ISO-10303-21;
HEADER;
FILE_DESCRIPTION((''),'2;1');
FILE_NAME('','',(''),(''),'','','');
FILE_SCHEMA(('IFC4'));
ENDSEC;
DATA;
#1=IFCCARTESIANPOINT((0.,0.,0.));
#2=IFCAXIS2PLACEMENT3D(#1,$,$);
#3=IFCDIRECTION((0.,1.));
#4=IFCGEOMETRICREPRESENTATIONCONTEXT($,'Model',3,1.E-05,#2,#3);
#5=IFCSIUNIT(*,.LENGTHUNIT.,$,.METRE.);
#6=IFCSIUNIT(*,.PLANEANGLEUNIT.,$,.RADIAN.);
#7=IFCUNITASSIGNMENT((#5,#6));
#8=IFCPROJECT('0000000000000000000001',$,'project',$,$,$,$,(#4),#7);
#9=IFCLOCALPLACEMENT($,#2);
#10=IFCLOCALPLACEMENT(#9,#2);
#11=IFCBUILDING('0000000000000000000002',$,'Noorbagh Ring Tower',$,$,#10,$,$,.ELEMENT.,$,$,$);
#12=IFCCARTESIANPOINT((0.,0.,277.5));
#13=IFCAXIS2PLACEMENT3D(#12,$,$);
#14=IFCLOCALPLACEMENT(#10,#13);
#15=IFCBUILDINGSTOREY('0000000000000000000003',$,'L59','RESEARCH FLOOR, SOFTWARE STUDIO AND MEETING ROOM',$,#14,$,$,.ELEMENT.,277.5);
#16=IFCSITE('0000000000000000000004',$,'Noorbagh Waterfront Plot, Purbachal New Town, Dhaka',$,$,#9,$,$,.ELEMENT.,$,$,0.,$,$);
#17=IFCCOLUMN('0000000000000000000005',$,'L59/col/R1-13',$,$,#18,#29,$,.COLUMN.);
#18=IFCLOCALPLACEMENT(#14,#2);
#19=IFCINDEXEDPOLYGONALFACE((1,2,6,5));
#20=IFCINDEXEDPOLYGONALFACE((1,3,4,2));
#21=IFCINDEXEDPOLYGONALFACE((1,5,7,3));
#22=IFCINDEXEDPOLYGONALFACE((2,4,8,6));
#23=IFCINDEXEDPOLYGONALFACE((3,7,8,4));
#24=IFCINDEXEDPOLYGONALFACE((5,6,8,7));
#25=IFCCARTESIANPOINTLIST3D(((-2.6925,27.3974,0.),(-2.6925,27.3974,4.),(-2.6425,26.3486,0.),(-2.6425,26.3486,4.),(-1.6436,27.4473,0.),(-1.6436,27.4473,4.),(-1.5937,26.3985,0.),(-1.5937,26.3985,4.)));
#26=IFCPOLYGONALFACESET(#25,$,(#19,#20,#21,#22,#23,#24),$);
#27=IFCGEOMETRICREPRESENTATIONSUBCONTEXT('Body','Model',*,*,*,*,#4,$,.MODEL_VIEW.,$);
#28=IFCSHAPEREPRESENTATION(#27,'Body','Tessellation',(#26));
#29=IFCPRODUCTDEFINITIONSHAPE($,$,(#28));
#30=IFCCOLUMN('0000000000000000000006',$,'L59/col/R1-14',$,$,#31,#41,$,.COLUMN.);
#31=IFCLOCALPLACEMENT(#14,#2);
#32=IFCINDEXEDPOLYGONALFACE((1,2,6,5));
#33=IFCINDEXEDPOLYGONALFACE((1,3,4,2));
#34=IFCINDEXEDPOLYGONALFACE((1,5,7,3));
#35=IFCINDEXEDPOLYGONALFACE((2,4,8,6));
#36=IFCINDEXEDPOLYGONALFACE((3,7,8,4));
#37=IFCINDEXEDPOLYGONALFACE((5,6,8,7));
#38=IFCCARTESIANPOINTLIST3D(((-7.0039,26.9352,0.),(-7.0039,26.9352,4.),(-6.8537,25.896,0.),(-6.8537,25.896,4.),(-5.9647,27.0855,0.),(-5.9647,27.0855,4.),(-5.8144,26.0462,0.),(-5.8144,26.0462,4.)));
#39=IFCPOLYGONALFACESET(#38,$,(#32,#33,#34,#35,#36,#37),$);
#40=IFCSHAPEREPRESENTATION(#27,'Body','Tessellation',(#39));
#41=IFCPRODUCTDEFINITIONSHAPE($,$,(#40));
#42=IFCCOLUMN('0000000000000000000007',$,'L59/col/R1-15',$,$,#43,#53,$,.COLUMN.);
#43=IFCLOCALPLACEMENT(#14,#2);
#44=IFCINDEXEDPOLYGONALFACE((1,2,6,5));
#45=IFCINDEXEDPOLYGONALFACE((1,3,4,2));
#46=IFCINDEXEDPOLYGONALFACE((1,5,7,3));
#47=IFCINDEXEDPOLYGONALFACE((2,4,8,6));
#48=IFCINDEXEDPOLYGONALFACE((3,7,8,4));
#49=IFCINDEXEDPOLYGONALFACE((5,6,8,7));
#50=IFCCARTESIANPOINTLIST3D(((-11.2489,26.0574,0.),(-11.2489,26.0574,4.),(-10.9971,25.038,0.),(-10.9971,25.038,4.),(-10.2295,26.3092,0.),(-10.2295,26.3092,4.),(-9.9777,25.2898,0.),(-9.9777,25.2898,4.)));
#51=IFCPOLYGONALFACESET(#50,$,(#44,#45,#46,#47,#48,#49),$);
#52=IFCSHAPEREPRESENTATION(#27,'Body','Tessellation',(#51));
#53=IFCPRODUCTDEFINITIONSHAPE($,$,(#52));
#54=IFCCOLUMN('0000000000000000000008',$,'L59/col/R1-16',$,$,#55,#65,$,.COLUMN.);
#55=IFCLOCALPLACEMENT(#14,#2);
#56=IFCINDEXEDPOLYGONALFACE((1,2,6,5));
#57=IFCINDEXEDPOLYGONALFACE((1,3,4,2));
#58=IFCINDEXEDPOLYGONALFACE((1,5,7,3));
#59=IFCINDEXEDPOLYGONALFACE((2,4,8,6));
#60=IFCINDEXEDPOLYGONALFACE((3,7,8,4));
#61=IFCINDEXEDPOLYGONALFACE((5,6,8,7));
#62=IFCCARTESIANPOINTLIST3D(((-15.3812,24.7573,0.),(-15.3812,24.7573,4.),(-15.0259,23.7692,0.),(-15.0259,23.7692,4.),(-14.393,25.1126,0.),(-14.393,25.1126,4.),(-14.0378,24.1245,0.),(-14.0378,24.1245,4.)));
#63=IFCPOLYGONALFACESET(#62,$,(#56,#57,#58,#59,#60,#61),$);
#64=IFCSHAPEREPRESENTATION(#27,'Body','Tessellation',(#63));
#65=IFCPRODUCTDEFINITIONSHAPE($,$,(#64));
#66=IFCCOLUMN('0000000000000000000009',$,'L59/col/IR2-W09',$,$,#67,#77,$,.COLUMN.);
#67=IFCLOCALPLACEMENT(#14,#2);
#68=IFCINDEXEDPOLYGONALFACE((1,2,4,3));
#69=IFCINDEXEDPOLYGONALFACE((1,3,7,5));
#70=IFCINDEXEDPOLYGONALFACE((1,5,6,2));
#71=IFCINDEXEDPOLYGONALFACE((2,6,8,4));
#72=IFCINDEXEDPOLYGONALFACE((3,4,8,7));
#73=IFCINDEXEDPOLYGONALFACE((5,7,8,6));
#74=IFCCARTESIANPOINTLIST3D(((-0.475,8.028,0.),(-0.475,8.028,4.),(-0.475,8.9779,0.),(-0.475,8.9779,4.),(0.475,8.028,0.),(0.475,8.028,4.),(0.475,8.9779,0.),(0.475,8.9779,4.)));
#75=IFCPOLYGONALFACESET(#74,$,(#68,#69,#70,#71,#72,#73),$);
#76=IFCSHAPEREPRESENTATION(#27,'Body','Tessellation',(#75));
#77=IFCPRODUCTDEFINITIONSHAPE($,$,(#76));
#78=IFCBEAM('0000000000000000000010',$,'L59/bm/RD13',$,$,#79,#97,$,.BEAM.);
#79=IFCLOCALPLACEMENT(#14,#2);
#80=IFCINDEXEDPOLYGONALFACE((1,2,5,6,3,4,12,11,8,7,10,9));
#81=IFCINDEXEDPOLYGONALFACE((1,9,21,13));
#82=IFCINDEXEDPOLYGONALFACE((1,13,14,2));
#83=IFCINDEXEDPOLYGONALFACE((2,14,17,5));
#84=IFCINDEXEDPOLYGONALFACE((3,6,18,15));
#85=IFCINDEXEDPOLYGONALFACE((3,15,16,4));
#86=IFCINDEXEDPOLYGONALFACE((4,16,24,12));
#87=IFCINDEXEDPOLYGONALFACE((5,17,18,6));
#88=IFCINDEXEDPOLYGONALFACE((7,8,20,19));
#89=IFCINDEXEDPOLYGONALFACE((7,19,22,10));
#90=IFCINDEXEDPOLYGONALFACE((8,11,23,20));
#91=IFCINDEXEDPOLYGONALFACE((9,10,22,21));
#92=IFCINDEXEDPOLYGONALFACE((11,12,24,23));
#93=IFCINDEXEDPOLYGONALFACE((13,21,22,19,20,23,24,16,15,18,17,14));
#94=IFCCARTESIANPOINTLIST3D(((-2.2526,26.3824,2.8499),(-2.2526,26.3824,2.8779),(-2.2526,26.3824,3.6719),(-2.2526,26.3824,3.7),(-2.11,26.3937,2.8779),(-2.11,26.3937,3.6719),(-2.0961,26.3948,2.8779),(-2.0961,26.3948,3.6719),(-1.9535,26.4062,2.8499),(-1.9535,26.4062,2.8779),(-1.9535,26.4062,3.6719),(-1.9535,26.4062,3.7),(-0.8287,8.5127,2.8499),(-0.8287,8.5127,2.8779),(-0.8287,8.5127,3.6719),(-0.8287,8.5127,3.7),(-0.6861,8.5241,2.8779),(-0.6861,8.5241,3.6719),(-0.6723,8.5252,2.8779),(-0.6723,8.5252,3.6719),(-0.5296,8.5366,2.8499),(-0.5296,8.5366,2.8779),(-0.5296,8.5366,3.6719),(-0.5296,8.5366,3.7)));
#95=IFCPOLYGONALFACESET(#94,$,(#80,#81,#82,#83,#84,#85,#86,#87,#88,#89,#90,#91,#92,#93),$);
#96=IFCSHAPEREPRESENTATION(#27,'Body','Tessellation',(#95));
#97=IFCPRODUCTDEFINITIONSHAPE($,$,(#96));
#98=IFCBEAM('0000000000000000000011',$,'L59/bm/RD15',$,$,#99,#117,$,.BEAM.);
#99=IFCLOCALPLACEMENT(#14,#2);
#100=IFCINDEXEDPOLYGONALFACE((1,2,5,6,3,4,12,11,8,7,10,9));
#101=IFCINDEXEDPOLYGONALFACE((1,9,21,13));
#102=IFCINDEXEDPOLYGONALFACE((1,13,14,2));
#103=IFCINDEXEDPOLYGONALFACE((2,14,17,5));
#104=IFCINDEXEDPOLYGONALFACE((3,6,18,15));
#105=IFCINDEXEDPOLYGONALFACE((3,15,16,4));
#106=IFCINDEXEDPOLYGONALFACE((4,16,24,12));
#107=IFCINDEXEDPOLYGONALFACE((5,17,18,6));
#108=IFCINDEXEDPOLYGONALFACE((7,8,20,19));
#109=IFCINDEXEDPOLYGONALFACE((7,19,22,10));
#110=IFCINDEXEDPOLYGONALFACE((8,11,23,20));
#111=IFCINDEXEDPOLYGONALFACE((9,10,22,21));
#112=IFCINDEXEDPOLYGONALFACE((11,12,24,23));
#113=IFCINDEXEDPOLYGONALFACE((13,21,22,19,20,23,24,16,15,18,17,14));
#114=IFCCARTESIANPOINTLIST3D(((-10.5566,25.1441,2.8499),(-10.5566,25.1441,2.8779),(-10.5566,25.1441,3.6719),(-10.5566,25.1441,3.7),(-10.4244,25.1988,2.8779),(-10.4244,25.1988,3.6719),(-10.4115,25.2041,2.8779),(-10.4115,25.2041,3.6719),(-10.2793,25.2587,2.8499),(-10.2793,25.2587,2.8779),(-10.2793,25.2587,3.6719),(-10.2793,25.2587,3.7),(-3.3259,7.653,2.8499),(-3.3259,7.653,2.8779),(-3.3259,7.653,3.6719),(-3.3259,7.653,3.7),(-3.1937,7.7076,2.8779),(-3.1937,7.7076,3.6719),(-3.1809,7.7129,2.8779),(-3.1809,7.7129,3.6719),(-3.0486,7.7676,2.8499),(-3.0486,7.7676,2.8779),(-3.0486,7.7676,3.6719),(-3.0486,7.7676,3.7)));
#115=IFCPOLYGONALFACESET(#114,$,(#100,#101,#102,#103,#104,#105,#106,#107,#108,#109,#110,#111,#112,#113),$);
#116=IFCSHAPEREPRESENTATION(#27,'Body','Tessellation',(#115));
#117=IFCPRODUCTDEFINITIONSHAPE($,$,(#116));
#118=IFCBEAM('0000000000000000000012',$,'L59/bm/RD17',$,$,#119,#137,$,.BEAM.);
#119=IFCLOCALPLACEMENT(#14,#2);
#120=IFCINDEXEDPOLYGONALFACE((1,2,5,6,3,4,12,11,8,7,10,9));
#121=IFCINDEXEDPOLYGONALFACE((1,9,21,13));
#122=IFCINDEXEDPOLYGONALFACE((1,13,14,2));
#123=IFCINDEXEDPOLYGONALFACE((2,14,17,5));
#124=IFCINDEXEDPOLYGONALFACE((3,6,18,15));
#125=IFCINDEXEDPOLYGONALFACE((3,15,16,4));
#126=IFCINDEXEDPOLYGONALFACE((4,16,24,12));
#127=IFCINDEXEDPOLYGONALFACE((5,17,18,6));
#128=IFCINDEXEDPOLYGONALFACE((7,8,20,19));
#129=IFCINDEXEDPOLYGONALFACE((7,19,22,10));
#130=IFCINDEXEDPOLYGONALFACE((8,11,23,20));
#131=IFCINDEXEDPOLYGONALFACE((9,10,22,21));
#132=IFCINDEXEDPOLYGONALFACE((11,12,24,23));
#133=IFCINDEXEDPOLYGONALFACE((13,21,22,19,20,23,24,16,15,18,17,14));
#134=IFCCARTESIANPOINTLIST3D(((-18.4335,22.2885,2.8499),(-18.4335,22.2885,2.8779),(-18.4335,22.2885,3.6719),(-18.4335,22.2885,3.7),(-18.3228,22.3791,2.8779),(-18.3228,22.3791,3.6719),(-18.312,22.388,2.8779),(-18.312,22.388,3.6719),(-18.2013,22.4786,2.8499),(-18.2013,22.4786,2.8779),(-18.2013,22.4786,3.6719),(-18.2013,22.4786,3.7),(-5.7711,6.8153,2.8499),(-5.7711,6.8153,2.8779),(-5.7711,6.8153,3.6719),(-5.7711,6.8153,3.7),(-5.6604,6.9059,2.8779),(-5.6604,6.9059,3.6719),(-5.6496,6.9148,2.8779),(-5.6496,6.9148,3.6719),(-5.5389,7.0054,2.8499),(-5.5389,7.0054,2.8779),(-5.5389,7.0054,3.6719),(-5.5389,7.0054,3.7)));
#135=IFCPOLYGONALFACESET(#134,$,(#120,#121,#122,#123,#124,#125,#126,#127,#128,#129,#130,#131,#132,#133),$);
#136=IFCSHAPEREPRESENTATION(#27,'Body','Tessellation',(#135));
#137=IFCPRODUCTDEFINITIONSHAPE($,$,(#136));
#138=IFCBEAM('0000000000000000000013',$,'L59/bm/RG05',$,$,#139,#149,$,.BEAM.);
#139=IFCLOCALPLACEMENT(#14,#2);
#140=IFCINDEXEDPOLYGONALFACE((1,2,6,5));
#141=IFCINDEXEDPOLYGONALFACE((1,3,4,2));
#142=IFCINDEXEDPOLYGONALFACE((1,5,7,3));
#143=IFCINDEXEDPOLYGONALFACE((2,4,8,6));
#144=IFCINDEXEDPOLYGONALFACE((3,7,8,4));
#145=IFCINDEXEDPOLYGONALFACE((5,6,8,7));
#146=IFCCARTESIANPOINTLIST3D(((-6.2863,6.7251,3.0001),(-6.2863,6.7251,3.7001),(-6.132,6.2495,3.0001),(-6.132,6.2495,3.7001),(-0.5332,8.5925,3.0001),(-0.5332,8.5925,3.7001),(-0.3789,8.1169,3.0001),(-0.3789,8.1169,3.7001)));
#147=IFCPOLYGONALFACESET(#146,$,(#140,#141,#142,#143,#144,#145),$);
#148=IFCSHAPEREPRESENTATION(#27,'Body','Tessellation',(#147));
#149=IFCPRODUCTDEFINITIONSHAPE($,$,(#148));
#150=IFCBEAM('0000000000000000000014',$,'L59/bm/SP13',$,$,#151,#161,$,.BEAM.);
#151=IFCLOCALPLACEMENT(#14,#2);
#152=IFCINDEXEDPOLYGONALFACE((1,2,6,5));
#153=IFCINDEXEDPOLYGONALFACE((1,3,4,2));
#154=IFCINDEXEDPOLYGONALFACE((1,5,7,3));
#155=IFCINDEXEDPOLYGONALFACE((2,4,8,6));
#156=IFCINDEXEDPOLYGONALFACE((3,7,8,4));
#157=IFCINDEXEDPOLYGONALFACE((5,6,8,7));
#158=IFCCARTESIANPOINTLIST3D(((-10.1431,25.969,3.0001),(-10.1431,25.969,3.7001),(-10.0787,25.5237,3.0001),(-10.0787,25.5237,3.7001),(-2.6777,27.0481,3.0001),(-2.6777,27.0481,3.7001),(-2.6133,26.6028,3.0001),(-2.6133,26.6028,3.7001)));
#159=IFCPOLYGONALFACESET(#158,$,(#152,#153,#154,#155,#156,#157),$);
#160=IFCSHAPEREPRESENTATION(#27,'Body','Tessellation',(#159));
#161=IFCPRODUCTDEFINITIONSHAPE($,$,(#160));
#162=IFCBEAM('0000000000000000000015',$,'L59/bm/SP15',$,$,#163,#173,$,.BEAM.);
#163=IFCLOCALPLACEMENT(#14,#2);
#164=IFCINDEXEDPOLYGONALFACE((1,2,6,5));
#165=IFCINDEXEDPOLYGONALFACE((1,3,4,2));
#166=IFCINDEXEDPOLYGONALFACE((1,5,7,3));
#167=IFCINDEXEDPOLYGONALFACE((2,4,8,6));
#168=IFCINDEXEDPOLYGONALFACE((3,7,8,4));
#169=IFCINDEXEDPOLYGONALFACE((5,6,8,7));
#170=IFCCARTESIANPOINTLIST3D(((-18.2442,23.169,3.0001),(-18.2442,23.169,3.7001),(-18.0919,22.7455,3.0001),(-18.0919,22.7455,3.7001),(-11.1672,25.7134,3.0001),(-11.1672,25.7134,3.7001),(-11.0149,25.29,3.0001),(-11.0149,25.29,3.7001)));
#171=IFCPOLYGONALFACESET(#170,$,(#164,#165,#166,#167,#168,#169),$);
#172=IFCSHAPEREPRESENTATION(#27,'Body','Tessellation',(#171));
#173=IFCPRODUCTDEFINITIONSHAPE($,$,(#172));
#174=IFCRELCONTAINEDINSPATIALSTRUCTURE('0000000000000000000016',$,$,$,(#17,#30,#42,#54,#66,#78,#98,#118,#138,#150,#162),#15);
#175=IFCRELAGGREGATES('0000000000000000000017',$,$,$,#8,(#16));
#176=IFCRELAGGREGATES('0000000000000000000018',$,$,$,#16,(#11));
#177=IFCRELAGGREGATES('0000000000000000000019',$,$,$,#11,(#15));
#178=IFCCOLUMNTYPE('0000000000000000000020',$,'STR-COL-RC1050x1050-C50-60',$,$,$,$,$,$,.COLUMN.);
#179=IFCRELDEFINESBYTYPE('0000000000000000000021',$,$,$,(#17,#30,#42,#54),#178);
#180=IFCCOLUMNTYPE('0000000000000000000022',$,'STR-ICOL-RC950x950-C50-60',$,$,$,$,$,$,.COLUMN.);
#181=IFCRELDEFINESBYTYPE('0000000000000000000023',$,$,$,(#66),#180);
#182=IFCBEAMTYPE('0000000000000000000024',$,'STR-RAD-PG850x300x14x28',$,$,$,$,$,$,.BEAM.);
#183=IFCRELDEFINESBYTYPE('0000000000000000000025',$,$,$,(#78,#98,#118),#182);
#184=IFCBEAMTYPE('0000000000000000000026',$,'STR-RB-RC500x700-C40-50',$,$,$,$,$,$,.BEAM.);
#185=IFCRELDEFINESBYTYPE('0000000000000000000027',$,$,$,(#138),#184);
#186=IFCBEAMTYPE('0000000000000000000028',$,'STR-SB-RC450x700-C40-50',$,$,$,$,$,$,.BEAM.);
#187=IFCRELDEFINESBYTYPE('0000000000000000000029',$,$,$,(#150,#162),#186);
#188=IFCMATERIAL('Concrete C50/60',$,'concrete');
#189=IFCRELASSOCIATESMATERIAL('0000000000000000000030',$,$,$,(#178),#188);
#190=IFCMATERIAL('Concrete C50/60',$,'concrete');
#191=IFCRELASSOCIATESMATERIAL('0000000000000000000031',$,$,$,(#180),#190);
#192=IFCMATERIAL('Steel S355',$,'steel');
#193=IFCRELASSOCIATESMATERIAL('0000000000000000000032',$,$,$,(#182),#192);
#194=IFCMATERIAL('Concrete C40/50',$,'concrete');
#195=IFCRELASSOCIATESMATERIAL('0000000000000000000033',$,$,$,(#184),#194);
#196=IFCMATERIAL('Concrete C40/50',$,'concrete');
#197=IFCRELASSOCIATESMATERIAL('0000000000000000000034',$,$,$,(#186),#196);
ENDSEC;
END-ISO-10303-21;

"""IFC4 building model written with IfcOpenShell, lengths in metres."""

from ifc_helpers import new_model, si_unit, direction, frame, origin, origin_2d, place, context, subcontext, project, spatial, rectangle, i_section, extrude, material, material_profile, profile_set, type_object, element, save


model = new_model("IFC4")

# Units and contexts
model_context = context("Model", 3, precision=1e-05, world=origin(), true_north=direction((0.0, 1.0)))
body_context = subcontext(model_context, "Body", "Model", "MODEL_VIEW")
ifc_project = project(units=[si_unit("LENGTHUNIT", "METRE"), si_unit("PLANEANGLEUNIT", "RADIAN")], contexts=[model_context])

# Site, building, storey
site_placement = place(None, origin())
site = spatial("IfcSite", under=ifc_project, at=site_placement, Name="Noorbagh Waterfront Plot, Purbachal New Town, Dhaka", CompositionType="ELEMENT", RefElevation=0.0)
building_placement = place(site_placement, origin())
building = spatial("IfcBuilding", under=site, at=building_placement, Name="Noorbagh Ring Tower", CompositionType="ELEMENT")
storey_placement = place(building_placement, frame((0.0, 0.0, 277.5)))
storey = spatial("IfcBuildingStorey", under=building, at=storey_placement, Name="L59", Description="RESEARCH FLOOR, SOFTWARE STUDIO AND MEETING ROOM", CompositionType="ELEMENT", Elevation=277.5)

# Columns
ifc_material_1 = material(Name="Concrete C50/60", Category="concrete")
ifc_material_profile_1 = material_profile(ifc_material_1, rectangle(XDim=1.05, YDim=1.05, at=origin_2d()), Name="RC1050x1050")
ifc_profile_set_1 = profile_set([ifc_material_profile_1], Name="Concrete C50/60")
column_type_1 = type_object("IfcColumnType", Name="STR-COL-RC1050x1050-C50-60", PredefinedType="COLUMN", material=ifc_profile_set_1)
for number, where, z_axis, x_axis, name in (
    (1, (-2.1431, 26.8979, 0.0), (0.0, 0.0, 1.0), (-0.998869, -0.047553, 0.0), "L59/col/R1-13"),
    (2, (-6.4092, 26.4907, 0.0), (0.0, 0.0, 1.0), (-0.989713, -0.143066, 0.0), "L59/col/R1-14"),
    (3, (-10.6133, 25.6736, 0.0), (0.0, 0.0, 1.0), (-0.970829, -0.239771, 0.0), "L59/col/R1-15"),
    (4, (-14.7095, 24.4409, 0.0), (0.0, 0.0, 1.0), (-0.941025, -0.338338, 0.0), "L59/col/R1-16"),
):
    element("IfcColumn", number, at=place(storey_placement, frame(where, z_axis=z_axis, x_axis=x_axis)), inside=storey, type_object=column_type_1, Name=name, PredefinedType="COLUMN", context=body_context, shape_type="SweptSolid", body=[
        extrude(rectangle(XDim=1.05, YDim=1.05, at=origin_2d()), origin(), (0.0, 0.0, 1.0), 4.0),
    ])
ifc_material_2 = material(Name="Concrete C50/60", Category="concrete")
ifc_material_profile_2 = material_profile(ifc_material_2, rectangle(XDim=0.95, YDim=0.95, at=origin_2d()), Name="RC950x950")
ifc_profile_set_2 = profile_set([ifc_material_profile_2], Name="Concrete C50/60")
column_type_2 = type_object("IfcColumnType", Name="STR-ICOL-RC950x950-C50-60", PredefinedType="COLUMN", material=ifc_profile_set_2)
column_placement = place(storey_placement, frame((0.0, 8.5029, 0.0), z_axis=(0.0, 0.0, 1.0), x_axis=(-1.0, 0.0, 0.0)))
element("IfcColumn", 5, at=column_placement, inside=storey, type_object=column_type_2, Name="L59/col/IR2-W09", PredefinedType="COLUMN", context=body_context, shape_type="SweptSolid", body=[
    extrude(rectangle(XDim=0.95, YDim=0.95, at=origin_2d()), origin(), (0.0, 0.0, 1.0), 4.0),
])

# Beams
ifc_material_3 = material(Name="Steel S355", Category="steel")
ifc_material_profile_3 = material_profile(ifc_material_3, i_section(OverallWidth=0.3, OverallDepth=0.8501, WebThickness=0.0139, FlangeThickness=0.0281, at=origin_2d()), Name="PG850x300x14x28")
ifc_profile_set_3 = profile_set([ifc_material_profile_3], Name="Steel S355")
beam_type_1 = type_object("IfcBeamType", Name="STR-RAD-PG850x300x14x28", PredefinedType="BEAM", material=ifc_profile_set_3)
beam_1_placement = place(storey_placement, frame((-2.103, 26.3943, 3.2749), z_axis=(0.079427, -0.996841, 0.0), x_axis=(0.996841, 0.079427, 0.0)))
element("IfcBeam", 6, at=beam_1_placement, inside=storey, type_object=beam_type_1, Name="L59/bm/RD13", PredefinedType="BEAM", context=body_context, shape_type="SweptSolid", body=[
    extrude(i_section(OverallWidth=0.3, OverallDepth=0.8501, WebThickness=0.0139, FlangeThickness=0.0281, at=origin_2d()), origin(), (0.0, 0.0, 1.0), 17.9263),
])
beam_2_placement = place(storey_placement, frame((-10.418, 25.2014, 3.2749), z_axis=(0.382035, -0.924148, 0.0), x_axis=(0.924148, 0.382035, 0.0)))
element("IfcBeam", 7, at=beam_2_placement, inside=storey, type_object=beam_type_1, Name="L59/bm/RD15", PredefinedType="BEAM", context=body_context, shape_type="SweptSolid", body=[
    extrude(i_section(OverallWidth=0.3, OverallDepth=0.8501, WebThickness=0.0139, FlangeThickness=0.0281, at=origin_2d()), origin(), (0.0, 0.0, 1.0), 18.9268),
])
beam_3_placement = place(storey_placement, frame((-18.3174, 22.3835, 3.2749), z_axis=(0.633313, -0.773896, 0.0), x_axis=(0.773896, 0.633313, 0.0)))
element("IfcBeam", 8, at=beam_3_placement, inside=storey, type_object=beam_type_1, Name="L59/bm/RD17", PredefinedType="BEAM", context=body_context, shape_type="SweptSolid", body=[
    extrude(i_section(OverallWidth=0.3, OverallDepth=0.8501, WebThickness=0.0139, FlangeThickness=0.0281, at=origin_2d()), origin(), (0.0, 0.0, 1.0), 19.9939),
])
ifc_material_4 = material(Name="Concrete C40/50", Category="concrete")
ifc_material_profile_4 = material_profile(ifc_material_4, rectangle(XDim=0.5, YDim=0.7, at=origin_2d()), Name="RC500x700")
ifc_profile_set_4 = profile_set([ifc_material_profile_4], Name="Concrete C40/50")
beam_type_2 = type_object("IfcBeamType", Name="STR-RB-RC500x700-C40-50", PredefinedType="BEAM", material=ifc_profile_set_4)
beam_4_placement = place(storey_placement, frame((-0.4561, 8.3547, 3.3501), z_axis=(-0.951148, -0.308735, 0.0), x_axis=(0.308735, -0.951148, 0.0)))
element("IfcBeam", 9, at=beam_4_placement, inside=storey, type_object=beam_type_2, Name="L59/bm/RG05", PredefinedType="BEAM", context=body_context, shape_type="SweptSolid", body=[
    extrude(rectangle(XDim=0.5, YDim=0.7, at=origin_2d()), origin(), (0.0, 0.0, 1.0), 6.0486),
])
ifc_material_5 = material(Name="Concrete C40/50", Category="concrete")
ifc_material_profile_5 = material_profile(ifc_material_5, rectangle(XDim=0.45, YDim=0.7, at=origin_2d()), Name="RC450x700")
ifc_profile_set_5 = profile_set([ifc_material_profile_5], Name="Concrete C40/50")
beam_type_3 = type_object("IfcBeamType", Name="STR-SB-RC450x700-C40-50", PredefinedType="BEAM", material=ifc_profile_set_5)
beam_5_placement = place(storey_placement, frame((-2.6455, 26.8254, 3.3501), z_axis=(-0.989714, -0.143062, 0.0), x_axis=(0.143062, -0.989714, 0.0)))
element("IfcBeam", 10, at=beam_5_placement, inside=storey, type_object=beam_type_3, Name="L59/bm/SP13", PredefinedType="BEAM", context=body_context, shape_type="SweptSolid", body=[
    extrude(rectangle(XDim=0.45, YDim=0.7, at=origin_2d()), origin(), (0.0, 0.0, 1.0), 7.543),
])
beam_6_placement = place(storey_placement, frame((-11.0911, 25.5017, 3.3501), z_axis=(-0.941025, -0.338337, 0.0), x_axis=(0.338337, -0.941025, 0.0)))
element("IfcBeam", 11, at=beam_6_placement, inside=storey, type_object=beam_type_3, Name="L59/bm/SP15", PredefinedType="BEAM", context=body_context, shape_type="SweptSolid", body=[
    extrude(rectangle(XDim=0.45, YDim=0.7, at=origin_2d()), origin(), (0.0, 0.0, 1.0), 7.5205),
])

save(model, "model.ifc")
